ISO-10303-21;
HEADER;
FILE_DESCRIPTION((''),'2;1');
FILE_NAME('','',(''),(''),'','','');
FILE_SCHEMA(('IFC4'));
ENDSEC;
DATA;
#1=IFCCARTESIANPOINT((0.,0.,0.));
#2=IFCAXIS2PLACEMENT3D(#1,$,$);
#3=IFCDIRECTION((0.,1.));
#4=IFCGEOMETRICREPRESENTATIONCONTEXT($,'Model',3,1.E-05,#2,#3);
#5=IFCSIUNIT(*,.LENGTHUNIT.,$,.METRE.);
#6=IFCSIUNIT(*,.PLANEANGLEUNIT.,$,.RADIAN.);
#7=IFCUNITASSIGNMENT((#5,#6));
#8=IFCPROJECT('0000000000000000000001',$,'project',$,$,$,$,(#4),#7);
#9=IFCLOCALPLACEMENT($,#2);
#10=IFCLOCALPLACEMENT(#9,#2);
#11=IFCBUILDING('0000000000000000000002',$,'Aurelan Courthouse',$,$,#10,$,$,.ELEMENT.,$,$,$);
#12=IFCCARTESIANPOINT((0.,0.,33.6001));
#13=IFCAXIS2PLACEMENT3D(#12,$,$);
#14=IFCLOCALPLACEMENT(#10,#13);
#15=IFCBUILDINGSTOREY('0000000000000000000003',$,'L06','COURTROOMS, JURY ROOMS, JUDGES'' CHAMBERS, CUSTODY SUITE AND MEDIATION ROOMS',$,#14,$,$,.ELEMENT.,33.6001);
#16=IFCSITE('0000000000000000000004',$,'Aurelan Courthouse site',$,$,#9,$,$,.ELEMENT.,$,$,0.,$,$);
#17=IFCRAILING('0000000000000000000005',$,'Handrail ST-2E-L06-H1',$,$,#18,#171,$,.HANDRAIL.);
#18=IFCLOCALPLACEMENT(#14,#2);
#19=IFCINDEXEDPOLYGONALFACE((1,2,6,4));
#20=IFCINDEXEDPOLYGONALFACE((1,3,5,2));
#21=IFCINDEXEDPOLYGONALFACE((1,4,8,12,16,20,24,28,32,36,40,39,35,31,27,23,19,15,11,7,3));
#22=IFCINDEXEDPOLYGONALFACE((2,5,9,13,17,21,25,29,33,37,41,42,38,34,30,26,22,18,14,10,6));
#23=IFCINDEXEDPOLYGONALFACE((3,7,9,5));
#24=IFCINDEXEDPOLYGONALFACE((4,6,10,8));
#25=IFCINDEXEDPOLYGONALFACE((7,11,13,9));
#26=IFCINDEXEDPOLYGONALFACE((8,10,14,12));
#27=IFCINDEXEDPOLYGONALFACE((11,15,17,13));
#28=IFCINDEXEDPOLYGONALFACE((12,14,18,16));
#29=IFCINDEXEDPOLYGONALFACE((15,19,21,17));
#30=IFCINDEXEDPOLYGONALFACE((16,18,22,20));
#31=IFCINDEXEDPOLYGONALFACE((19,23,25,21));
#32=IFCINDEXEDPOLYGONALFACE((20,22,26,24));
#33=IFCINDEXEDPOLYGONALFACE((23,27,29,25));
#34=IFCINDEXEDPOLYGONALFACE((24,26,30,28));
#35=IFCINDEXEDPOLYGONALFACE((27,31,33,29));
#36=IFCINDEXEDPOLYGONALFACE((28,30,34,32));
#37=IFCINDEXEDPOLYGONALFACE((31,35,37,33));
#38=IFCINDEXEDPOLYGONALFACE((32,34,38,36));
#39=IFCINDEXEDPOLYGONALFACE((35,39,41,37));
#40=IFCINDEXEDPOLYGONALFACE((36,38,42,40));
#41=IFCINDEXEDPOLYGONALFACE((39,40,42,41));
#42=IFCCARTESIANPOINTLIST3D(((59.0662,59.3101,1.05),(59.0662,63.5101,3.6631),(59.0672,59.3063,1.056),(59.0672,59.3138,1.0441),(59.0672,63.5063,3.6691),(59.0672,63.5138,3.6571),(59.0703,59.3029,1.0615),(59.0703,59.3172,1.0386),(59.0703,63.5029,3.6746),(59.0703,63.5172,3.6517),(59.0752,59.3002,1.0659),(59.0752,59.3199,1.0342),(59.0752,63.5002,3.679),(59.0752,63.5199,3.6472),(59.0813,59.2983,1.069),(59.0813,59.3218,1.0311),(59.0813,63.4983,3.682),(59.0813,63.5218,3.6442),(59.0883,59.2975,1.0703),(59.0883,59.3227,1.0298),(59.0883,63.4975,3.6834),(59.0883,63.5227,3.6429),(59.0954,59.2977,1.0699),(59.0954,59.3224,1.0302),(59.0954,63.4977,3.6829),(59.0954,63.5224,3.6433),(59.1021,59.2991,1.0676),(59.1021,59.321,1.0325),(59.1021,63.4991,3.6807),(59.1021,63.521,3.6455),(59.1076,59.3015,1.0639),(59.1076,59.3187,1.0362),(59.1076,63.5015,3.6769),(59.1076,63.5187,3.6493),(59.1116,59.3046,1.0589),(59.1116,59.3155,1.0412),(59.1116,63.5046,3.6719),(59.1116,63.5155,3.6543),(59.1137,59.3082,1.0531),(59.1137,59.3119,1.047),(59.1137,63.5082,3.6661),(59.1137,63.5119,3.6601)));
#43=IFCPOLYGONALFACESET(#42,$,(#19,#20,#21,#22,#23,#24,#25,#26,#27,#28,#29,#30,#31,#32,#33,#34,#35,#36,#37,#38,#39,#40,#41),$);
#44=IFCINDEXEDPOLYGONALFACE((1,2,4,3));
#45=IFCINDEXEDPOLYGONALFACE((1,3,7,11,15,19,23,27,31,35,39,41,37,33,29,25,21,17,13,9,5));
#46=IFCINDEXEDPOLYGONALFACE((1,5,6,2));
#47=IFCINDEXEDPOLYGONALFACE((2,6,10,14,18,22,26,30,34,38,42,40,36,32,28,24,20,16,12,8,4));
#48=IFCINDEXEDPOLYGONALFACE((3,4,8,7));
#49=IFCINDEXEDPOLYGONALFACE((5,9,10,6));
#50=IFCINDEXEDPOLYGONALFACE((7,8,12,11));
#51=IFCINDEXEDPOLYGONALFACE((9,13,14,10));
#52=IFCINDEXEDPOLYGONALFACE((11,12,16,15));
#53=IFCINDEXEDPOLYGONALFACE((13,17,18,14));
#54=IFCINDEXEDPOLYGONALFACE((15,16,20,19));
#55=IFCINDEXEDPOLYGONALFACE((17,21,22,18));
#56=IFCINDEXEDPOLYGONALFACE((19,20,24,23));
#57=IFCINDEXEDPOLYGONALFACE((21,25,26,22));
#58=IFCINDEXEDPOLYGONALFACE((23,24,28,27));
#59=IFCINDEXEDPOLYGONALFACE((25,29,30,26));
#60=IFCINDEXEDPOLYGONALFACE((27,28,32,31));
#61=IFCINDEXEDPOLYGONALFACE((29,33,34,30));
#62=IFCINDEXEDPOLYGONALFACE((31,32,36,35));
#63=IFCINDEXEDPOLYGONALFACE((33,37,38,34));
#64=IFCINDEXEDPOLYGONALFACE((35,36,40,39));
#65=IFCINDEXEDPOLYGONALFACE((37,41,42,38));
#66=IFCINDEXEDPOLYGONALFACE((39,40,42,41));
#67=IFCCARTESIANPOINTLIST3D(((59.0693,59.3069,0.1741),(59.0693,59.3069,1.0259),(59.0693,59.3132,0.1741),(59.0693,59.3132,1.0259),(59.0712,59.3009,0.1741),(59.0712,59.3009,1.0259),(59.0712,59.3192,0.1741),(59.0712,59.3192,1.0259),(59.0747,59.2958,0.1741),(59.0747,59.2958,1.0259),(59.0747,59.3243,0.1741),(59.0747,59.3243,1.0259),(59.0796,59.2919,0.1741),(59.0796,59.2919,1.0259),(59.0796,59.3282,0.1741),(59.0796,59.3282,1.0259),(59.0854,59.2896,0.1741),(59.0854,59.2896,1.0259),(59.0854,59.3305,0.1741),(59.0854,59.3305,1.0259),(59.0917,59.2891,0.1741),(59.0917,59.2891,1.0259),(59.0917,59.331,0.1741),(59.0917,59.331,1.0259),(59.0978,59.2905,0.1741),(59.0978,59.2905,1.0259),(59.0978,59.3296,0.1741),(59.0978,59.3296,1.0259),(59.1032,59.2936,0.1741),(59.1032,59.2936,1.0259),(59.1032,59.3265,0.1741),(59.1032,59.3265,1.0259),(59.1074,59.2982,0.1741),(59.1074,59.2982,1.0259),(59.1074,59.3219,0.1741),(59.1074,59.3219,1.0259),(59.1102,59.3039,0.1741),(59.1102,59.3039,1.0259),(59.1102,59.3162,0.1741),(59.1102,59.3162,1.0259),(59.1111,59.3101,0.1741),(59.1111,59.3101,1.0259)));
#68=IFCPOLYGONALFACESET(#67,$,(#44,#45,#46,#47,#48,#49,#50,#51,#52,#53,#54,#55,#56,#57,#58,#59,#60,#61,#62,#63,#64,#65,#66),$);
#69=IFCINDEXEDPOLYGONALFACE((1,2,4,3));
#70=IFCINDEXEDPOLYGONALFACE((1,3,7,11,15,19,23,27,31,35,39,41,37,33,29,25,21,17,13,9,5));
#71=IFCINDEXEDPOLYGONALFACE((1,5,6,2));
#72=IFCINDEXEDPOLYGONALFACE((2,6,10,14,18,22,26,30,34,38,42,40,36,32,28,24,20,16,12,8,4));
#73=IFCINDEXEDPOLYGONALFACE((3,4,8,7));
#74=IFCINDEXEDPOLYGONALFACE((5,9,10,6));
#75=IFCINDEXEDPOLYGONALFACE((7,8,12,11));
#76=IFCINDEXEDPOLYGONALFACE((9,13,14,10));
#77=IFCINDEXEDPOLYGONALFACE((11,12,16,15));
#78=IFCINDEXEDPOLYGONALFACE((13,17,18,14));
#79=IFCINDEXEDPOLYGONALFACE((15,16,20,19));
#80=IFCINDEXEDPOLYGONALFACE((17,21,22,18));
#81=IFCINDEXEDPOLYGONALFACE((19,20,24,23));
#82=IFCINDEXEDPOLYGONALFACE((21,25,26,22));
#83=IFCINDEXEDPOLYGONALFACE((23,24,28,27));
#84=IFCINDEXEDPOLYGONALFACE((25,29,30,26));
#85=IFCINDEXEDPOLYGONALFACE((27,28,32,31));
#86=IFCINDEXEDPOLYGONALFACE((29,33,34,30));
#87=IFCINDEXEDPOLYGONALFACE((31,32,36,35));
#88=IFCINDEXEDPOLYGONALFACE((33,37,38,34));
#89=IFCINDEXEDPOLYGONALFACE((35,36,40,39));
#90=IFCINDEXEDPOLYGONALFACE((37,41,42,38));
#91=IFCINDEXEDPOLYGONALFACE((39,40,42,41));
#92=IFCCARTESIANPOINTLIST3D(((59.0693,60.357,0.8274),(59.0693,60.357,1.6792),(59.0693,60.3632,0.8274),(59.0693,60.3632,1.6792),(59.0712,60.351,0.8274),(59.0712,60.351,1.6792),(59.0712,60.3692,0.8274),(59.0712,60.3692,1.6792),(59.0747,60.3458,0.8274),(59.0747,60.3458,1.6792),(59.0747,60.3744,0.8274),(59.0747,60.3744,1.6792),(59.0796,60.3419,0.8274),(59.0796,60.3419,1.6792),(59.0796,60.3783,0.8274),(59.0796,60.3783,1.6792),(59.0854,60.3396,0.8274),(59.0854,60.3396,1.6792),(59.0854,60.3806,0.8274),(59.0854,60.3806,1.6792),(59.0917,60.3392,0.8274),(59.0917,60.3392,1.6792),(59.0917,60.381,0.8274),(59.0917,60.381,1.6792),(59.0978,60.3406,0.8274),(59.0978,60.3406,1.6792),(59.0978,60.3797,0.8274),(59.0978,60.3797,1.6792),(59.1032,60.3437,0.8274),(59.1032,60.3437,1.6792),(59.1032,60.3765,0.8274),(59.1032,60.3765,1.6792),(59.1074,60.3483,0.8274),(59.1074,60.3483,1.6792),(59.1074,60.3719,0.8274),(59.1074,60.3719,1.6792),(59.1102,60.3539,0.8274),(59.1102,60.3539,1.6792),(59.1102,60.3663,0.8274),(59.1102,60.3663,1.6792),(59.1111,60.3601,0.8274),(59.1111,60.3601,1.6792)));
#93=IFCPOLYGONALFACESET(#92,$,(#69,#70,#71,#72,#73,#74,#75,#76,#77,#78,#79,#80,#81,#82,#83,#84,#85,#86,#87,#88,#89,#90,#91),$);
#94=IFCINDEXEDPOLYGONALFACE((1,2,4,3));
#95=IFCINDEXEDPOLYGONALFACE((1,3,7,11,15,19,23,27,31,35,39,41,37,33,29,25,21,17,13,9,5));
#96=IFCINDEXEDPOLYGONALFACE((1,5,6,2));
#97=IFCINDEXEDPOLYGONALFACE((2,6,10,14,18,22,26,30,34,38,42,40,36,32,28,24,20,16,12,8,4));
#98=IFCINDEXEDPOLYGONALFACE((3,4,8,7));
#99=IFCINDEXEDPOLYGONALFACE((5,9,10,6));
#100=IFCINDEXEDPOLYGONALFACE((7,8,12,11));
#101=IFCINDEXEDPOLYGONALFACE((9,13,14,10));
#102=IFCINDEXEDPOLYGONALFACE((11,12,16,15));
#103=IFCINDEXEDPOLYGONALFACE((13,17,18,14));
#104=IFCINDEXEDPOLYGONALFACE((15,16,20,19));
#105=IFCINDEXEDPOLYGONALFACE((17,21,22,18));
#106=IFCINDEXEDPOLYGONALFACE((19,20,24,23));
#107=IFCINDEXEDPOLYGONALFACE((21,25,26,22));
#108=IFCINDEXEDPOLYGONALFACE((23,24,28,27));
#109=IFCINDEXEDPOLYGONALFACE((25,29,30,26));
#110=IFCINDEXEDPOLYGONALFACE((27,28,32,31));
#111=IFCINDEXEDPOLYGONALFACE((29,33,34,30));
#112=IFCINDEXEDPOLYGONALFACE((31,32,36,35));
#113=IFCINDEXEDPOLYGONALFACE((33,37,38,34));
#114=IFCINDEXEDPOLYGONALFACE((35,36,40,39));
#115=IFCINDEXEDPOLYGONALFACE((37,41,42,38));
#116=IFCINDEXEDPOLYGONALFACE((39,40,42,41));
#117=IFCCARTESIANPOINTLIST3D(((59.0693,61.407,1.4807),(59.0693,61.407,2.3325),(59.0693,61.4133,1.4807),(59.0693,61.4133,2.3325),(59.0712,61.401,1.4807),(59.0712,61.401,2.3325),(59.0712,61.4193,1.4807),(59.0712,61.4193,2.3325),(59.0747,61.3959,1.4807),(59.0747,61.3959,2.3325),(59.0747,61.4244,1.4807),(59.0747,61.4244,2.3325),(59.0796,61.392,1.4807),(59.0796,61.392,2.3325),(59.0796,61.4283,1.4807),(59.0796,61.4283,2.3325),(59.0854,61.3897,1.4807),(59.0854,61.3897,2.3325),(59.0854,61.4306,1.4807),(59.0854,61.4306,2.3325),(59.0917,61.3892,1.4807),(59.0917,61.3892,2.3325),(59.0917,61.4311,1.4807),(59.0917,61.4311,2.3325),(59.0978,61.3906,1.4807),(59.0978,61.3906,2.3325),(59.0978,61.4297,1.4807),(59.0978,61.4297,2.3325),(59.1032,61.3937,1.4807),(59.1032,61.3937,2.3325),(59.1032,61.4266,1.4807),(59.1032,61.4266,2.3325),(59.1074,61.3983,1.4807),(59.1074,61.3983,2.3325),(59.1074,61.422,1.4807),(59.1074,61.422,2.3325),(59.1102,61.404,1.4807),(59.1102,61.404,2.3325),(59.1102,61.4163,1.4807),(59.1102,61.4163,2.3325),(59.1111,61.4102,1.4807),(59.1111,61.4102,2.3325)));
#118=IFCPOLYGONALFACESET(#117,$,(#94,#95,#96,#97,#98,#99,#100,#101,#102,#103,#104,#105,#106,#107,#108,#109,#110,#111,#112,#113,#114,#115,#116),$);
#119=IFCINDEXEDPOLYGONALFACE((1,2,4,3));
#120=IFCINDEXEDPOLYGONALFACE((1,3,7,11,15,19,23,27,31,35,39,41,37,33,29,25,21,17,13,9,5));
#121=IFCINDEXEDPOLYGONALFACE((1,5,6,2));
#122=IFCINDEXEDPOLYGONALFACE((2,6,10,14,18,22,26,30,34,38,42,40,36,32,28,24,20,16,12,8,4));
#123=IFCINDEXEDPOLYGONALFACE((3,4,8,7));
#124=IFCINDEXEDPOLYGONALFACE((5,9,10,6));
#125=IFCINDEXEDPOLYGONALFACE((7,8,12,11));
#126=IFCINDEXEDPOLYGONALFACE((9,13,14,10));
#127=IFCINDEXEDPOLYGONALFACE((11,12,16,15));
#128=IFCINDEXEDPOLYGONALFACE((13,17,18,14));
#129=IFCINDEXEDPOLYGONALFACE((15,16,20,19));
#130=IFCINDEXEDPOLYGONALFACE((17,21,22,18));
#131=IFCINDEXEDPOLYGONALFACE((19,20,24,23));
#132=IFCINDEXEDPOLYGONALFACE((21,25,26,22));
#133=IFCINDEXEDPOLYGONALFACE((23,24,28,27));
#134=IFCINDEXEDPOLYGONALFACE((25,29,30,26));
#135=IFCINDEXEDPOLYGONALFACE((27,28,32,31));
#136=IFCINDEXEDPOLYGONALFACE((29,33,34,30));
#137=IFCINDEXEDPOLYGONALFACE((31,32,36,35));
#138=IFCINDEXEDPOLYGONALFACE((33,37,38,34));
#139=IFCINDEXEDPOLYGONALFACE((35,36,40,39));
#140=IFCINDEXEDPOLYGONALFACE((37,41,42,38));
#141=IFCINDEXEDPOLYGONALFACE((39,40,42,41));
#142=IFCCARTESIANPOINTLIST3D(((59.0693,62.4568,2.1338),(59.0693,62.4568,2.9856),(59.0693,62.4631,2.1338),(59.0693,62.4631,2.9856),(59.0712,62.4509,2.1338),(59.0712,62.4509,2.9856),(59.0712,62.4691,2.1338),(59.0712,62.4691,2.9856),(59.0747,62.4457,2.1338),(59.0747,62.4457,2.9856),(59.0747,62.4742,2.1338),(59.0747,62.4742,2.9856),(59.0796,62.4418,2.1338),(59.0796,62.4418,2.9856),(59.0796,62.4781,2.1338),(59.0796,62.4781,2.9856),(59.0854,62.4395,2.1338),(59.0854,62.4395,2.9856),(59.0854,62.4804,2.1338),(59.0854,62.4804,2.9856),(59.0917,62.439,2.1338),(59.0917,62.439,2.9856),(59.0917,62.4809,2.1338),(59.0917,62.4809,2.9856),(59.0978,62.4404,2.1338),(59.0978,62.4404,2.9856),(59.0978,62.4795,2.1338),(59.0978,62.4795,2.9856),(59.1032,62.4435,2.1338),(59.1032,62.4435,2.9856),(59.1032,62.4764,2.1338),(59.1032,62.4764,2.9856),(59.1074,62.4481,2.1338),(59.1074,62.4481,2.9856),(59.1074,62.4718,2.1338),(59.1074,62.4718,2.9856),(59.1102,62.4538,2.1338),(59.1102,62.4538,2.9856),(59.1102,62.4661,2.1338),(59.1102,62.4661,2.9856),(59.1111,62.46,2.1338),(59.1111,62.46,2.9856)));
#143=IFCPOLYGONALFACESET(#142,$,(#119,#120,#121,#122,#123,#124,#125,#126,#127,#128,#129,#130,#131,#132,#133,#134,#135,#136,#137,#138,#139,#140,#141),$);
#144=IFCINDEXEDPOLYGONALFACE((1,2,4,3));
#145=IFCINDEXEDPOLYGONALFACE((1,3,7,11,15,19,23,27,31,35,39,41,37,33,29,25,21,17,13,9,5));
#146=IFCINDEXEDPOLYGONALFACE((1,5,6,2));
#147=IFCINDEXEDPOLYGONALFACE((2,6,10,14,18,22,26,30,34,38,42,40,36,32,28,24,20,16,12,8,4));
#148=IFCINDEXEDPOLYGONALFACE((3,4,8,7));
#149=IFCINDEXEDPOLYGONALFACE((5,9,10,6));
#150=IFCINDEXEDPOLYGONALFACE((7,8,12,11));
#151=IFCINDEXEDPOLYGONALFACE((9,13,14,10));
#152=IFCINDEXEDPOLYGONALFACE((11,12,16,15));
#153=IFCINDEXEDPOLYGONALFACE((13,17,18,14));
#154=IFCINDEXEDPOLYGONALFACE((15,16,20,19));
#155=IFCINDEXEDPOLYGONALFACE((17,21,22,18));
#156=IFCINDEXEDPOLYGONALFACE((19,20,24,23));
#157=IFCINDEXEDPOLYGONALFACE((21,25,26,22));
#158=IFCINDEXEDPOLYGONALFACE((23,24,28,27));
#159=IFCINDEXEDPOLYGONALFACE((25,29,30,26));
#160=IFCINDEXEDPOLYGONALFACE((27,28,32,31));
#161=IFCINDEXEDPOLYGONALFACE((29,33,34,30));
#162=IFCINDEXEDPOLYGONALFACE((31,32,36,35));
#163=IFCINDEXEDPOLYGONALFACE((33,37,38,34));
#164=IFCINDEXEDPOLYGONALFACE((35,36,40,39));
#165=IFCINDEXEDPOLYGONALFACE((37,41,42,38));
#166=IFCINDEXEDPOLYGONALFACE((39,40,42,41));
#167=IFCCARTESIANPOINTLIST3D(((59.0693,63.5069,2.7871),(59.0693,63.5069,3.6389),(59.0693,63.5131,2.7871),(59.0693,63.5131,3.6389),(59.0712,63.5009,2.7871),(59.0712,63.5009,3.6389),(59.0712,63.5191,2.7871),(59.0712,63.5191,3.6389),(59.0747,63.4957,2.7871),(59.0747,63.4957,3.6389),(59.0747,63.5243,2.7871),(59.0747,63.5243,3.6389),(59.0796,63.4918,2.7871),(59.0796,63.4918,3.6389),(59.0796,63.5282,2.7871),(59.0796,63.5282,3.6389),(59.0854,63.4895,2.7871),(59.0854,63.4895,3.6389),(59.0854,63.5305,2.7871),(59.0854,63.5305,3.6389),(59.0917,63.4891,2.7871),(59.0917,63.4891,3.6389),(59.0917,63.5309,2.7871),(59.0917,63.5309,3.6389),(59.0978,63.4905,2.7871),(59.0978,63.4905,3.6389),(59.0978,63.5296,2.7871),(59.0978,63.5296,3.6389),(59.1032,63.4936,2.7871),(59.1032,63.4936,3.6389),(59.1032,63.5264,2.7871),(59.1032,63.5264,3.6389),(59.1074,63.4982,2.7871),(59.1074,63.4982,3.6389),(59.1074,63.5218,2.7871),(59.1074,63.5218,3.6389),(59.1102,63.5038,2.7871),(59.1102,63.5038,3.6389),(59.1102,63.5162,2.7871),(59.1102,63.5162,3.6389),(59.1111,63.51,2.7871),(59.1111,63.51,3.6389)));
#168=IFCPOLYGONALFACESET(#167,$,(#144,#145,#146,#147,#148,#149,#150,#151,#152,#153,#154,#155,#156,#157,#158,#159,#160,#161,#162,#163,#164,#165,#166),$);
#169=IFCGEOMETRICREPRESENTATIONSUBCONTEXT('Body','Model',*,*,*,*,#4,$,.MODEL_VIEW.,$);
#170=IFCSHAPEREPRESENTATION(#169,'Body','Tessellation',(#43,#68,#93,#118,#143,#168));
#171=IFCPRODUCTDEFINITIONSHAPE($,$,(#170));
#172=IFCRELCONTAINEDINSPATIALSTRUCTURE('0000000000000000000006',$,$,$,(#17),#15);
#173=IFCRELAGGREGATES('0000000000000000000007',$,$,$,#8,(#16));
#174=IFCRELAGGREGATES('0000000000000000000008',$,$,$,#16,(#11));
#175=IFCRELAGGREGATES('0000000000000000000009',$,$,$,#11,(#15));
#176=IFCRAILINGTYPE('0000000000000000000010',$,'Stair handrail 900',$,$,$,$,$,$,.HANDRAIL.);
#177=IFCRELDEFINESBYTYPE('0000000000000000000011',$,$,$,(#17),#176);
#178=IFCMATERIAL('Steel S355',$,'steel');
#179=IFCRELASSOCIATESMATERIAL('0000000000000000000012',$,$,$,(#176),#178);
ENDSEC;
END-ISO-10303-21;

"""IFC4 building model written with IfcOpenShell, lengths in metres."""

from ifc_helpers import new_model, si_unit, direction, frame, origin, origin_2d, place, context, subcontext, project, spatial, circle, extrude, material, type_object, element, save


model = new_model("IFC4")

# Units and contexts
model_context = context("Model", 3, precision=1e-05, world=origin(), true_north=direction((0.0, 1.0)))
body_context = subcontext(model_context, "Body", "Model", "MODEL_VIEW")
ifc_project = project(units=[si_unit("LENGTHUNIT", "METRE"), si_unit("PLANEANGLEUNIT", "RADIAN")], contexts=[model_context])

# Site, building, storey
site_placement = place(None, origin())
site = spatial("IfcSite", under=ifc_project, at=site_placement, Name="Aurelan Courthouse site", CompositionType="ELEMENT", RefElevation=0.0)
building_placement = place(site_placement, origin())
building = spatial("IfcBuilding", under=site, at=building_placement, Name="Aurelan Courthouse", CompositionType="ELEMENT")
storey_placement = place(building_placement, frame((0.0, 0.0, 33.6001)))
storey = spatial("IfcBuildingStorey", under=building, at=storey_placement, Name="L06", Description="COURTROOMS, JURY ROOMS, JUDGES' CHAMBERS, CUSTODY SUITE AND MEDIATION ROOMS", CompositionType="ELEMENT", Elevation=33.6001)

# Railing
ifc_material_1 = material(Name="Steel S355", Category="steel")
railing_type = type_object("IfcRailingType", Name="Stair handrail 900", PredefinedType="HANDRAIL", material=ifc_material_1)
for number, where, name in (
    (1, (59.0901, 59.3101, 0.1741), "Handrail ST-2E-L06-H1"),
):
    element("IfcRailing", number, at=place(storey_placement, frame(where)), inside=storey, type_object=railing_type, Name=name, PredefinedType="HANDRAIL", context=body_context, shape_type="SweptSolid", body=[
        extrude(circle(Radius=0.0239, at=origin_2d()), frame((0.0, 0.0, 0.876), z_axis=(0.0, 0.849081, 0.528263), x_axis=(-1.0, 0.0, 0.0)), (0.0, 0.0, 1.0), 4.9465),
        extrude(circle(Radius=0.021, at=origin_2d()), origin(), (0.0, 0.0, 1.0), 0.8518),
        extrude(circle(Radius=0.021, at=origin_2d()), frame((0.0, 1.05, 0.6533)), (0.0, 0.0, 1.0), 0.8518),
        extrude(circle(Radius=0.021, at=origin_2d()), frame((0.0, 2.1001, 1.3066)), (0.0, 0.0, 1.0), 0.8518),
        extrude(circle(Radius=0.021, at=origin_2d()), frame((0.0, 3.1499, 1.9597)), (0.0, 0.0, 1.0), 0.8518),
        extrude(circle(Radius=0.021, at=origin_2d()), frame((0.0, 4.2, 2.613)), (0.0, 0.0, 1.0), 0.8518),
    ])

save(model, "model.ifc")
